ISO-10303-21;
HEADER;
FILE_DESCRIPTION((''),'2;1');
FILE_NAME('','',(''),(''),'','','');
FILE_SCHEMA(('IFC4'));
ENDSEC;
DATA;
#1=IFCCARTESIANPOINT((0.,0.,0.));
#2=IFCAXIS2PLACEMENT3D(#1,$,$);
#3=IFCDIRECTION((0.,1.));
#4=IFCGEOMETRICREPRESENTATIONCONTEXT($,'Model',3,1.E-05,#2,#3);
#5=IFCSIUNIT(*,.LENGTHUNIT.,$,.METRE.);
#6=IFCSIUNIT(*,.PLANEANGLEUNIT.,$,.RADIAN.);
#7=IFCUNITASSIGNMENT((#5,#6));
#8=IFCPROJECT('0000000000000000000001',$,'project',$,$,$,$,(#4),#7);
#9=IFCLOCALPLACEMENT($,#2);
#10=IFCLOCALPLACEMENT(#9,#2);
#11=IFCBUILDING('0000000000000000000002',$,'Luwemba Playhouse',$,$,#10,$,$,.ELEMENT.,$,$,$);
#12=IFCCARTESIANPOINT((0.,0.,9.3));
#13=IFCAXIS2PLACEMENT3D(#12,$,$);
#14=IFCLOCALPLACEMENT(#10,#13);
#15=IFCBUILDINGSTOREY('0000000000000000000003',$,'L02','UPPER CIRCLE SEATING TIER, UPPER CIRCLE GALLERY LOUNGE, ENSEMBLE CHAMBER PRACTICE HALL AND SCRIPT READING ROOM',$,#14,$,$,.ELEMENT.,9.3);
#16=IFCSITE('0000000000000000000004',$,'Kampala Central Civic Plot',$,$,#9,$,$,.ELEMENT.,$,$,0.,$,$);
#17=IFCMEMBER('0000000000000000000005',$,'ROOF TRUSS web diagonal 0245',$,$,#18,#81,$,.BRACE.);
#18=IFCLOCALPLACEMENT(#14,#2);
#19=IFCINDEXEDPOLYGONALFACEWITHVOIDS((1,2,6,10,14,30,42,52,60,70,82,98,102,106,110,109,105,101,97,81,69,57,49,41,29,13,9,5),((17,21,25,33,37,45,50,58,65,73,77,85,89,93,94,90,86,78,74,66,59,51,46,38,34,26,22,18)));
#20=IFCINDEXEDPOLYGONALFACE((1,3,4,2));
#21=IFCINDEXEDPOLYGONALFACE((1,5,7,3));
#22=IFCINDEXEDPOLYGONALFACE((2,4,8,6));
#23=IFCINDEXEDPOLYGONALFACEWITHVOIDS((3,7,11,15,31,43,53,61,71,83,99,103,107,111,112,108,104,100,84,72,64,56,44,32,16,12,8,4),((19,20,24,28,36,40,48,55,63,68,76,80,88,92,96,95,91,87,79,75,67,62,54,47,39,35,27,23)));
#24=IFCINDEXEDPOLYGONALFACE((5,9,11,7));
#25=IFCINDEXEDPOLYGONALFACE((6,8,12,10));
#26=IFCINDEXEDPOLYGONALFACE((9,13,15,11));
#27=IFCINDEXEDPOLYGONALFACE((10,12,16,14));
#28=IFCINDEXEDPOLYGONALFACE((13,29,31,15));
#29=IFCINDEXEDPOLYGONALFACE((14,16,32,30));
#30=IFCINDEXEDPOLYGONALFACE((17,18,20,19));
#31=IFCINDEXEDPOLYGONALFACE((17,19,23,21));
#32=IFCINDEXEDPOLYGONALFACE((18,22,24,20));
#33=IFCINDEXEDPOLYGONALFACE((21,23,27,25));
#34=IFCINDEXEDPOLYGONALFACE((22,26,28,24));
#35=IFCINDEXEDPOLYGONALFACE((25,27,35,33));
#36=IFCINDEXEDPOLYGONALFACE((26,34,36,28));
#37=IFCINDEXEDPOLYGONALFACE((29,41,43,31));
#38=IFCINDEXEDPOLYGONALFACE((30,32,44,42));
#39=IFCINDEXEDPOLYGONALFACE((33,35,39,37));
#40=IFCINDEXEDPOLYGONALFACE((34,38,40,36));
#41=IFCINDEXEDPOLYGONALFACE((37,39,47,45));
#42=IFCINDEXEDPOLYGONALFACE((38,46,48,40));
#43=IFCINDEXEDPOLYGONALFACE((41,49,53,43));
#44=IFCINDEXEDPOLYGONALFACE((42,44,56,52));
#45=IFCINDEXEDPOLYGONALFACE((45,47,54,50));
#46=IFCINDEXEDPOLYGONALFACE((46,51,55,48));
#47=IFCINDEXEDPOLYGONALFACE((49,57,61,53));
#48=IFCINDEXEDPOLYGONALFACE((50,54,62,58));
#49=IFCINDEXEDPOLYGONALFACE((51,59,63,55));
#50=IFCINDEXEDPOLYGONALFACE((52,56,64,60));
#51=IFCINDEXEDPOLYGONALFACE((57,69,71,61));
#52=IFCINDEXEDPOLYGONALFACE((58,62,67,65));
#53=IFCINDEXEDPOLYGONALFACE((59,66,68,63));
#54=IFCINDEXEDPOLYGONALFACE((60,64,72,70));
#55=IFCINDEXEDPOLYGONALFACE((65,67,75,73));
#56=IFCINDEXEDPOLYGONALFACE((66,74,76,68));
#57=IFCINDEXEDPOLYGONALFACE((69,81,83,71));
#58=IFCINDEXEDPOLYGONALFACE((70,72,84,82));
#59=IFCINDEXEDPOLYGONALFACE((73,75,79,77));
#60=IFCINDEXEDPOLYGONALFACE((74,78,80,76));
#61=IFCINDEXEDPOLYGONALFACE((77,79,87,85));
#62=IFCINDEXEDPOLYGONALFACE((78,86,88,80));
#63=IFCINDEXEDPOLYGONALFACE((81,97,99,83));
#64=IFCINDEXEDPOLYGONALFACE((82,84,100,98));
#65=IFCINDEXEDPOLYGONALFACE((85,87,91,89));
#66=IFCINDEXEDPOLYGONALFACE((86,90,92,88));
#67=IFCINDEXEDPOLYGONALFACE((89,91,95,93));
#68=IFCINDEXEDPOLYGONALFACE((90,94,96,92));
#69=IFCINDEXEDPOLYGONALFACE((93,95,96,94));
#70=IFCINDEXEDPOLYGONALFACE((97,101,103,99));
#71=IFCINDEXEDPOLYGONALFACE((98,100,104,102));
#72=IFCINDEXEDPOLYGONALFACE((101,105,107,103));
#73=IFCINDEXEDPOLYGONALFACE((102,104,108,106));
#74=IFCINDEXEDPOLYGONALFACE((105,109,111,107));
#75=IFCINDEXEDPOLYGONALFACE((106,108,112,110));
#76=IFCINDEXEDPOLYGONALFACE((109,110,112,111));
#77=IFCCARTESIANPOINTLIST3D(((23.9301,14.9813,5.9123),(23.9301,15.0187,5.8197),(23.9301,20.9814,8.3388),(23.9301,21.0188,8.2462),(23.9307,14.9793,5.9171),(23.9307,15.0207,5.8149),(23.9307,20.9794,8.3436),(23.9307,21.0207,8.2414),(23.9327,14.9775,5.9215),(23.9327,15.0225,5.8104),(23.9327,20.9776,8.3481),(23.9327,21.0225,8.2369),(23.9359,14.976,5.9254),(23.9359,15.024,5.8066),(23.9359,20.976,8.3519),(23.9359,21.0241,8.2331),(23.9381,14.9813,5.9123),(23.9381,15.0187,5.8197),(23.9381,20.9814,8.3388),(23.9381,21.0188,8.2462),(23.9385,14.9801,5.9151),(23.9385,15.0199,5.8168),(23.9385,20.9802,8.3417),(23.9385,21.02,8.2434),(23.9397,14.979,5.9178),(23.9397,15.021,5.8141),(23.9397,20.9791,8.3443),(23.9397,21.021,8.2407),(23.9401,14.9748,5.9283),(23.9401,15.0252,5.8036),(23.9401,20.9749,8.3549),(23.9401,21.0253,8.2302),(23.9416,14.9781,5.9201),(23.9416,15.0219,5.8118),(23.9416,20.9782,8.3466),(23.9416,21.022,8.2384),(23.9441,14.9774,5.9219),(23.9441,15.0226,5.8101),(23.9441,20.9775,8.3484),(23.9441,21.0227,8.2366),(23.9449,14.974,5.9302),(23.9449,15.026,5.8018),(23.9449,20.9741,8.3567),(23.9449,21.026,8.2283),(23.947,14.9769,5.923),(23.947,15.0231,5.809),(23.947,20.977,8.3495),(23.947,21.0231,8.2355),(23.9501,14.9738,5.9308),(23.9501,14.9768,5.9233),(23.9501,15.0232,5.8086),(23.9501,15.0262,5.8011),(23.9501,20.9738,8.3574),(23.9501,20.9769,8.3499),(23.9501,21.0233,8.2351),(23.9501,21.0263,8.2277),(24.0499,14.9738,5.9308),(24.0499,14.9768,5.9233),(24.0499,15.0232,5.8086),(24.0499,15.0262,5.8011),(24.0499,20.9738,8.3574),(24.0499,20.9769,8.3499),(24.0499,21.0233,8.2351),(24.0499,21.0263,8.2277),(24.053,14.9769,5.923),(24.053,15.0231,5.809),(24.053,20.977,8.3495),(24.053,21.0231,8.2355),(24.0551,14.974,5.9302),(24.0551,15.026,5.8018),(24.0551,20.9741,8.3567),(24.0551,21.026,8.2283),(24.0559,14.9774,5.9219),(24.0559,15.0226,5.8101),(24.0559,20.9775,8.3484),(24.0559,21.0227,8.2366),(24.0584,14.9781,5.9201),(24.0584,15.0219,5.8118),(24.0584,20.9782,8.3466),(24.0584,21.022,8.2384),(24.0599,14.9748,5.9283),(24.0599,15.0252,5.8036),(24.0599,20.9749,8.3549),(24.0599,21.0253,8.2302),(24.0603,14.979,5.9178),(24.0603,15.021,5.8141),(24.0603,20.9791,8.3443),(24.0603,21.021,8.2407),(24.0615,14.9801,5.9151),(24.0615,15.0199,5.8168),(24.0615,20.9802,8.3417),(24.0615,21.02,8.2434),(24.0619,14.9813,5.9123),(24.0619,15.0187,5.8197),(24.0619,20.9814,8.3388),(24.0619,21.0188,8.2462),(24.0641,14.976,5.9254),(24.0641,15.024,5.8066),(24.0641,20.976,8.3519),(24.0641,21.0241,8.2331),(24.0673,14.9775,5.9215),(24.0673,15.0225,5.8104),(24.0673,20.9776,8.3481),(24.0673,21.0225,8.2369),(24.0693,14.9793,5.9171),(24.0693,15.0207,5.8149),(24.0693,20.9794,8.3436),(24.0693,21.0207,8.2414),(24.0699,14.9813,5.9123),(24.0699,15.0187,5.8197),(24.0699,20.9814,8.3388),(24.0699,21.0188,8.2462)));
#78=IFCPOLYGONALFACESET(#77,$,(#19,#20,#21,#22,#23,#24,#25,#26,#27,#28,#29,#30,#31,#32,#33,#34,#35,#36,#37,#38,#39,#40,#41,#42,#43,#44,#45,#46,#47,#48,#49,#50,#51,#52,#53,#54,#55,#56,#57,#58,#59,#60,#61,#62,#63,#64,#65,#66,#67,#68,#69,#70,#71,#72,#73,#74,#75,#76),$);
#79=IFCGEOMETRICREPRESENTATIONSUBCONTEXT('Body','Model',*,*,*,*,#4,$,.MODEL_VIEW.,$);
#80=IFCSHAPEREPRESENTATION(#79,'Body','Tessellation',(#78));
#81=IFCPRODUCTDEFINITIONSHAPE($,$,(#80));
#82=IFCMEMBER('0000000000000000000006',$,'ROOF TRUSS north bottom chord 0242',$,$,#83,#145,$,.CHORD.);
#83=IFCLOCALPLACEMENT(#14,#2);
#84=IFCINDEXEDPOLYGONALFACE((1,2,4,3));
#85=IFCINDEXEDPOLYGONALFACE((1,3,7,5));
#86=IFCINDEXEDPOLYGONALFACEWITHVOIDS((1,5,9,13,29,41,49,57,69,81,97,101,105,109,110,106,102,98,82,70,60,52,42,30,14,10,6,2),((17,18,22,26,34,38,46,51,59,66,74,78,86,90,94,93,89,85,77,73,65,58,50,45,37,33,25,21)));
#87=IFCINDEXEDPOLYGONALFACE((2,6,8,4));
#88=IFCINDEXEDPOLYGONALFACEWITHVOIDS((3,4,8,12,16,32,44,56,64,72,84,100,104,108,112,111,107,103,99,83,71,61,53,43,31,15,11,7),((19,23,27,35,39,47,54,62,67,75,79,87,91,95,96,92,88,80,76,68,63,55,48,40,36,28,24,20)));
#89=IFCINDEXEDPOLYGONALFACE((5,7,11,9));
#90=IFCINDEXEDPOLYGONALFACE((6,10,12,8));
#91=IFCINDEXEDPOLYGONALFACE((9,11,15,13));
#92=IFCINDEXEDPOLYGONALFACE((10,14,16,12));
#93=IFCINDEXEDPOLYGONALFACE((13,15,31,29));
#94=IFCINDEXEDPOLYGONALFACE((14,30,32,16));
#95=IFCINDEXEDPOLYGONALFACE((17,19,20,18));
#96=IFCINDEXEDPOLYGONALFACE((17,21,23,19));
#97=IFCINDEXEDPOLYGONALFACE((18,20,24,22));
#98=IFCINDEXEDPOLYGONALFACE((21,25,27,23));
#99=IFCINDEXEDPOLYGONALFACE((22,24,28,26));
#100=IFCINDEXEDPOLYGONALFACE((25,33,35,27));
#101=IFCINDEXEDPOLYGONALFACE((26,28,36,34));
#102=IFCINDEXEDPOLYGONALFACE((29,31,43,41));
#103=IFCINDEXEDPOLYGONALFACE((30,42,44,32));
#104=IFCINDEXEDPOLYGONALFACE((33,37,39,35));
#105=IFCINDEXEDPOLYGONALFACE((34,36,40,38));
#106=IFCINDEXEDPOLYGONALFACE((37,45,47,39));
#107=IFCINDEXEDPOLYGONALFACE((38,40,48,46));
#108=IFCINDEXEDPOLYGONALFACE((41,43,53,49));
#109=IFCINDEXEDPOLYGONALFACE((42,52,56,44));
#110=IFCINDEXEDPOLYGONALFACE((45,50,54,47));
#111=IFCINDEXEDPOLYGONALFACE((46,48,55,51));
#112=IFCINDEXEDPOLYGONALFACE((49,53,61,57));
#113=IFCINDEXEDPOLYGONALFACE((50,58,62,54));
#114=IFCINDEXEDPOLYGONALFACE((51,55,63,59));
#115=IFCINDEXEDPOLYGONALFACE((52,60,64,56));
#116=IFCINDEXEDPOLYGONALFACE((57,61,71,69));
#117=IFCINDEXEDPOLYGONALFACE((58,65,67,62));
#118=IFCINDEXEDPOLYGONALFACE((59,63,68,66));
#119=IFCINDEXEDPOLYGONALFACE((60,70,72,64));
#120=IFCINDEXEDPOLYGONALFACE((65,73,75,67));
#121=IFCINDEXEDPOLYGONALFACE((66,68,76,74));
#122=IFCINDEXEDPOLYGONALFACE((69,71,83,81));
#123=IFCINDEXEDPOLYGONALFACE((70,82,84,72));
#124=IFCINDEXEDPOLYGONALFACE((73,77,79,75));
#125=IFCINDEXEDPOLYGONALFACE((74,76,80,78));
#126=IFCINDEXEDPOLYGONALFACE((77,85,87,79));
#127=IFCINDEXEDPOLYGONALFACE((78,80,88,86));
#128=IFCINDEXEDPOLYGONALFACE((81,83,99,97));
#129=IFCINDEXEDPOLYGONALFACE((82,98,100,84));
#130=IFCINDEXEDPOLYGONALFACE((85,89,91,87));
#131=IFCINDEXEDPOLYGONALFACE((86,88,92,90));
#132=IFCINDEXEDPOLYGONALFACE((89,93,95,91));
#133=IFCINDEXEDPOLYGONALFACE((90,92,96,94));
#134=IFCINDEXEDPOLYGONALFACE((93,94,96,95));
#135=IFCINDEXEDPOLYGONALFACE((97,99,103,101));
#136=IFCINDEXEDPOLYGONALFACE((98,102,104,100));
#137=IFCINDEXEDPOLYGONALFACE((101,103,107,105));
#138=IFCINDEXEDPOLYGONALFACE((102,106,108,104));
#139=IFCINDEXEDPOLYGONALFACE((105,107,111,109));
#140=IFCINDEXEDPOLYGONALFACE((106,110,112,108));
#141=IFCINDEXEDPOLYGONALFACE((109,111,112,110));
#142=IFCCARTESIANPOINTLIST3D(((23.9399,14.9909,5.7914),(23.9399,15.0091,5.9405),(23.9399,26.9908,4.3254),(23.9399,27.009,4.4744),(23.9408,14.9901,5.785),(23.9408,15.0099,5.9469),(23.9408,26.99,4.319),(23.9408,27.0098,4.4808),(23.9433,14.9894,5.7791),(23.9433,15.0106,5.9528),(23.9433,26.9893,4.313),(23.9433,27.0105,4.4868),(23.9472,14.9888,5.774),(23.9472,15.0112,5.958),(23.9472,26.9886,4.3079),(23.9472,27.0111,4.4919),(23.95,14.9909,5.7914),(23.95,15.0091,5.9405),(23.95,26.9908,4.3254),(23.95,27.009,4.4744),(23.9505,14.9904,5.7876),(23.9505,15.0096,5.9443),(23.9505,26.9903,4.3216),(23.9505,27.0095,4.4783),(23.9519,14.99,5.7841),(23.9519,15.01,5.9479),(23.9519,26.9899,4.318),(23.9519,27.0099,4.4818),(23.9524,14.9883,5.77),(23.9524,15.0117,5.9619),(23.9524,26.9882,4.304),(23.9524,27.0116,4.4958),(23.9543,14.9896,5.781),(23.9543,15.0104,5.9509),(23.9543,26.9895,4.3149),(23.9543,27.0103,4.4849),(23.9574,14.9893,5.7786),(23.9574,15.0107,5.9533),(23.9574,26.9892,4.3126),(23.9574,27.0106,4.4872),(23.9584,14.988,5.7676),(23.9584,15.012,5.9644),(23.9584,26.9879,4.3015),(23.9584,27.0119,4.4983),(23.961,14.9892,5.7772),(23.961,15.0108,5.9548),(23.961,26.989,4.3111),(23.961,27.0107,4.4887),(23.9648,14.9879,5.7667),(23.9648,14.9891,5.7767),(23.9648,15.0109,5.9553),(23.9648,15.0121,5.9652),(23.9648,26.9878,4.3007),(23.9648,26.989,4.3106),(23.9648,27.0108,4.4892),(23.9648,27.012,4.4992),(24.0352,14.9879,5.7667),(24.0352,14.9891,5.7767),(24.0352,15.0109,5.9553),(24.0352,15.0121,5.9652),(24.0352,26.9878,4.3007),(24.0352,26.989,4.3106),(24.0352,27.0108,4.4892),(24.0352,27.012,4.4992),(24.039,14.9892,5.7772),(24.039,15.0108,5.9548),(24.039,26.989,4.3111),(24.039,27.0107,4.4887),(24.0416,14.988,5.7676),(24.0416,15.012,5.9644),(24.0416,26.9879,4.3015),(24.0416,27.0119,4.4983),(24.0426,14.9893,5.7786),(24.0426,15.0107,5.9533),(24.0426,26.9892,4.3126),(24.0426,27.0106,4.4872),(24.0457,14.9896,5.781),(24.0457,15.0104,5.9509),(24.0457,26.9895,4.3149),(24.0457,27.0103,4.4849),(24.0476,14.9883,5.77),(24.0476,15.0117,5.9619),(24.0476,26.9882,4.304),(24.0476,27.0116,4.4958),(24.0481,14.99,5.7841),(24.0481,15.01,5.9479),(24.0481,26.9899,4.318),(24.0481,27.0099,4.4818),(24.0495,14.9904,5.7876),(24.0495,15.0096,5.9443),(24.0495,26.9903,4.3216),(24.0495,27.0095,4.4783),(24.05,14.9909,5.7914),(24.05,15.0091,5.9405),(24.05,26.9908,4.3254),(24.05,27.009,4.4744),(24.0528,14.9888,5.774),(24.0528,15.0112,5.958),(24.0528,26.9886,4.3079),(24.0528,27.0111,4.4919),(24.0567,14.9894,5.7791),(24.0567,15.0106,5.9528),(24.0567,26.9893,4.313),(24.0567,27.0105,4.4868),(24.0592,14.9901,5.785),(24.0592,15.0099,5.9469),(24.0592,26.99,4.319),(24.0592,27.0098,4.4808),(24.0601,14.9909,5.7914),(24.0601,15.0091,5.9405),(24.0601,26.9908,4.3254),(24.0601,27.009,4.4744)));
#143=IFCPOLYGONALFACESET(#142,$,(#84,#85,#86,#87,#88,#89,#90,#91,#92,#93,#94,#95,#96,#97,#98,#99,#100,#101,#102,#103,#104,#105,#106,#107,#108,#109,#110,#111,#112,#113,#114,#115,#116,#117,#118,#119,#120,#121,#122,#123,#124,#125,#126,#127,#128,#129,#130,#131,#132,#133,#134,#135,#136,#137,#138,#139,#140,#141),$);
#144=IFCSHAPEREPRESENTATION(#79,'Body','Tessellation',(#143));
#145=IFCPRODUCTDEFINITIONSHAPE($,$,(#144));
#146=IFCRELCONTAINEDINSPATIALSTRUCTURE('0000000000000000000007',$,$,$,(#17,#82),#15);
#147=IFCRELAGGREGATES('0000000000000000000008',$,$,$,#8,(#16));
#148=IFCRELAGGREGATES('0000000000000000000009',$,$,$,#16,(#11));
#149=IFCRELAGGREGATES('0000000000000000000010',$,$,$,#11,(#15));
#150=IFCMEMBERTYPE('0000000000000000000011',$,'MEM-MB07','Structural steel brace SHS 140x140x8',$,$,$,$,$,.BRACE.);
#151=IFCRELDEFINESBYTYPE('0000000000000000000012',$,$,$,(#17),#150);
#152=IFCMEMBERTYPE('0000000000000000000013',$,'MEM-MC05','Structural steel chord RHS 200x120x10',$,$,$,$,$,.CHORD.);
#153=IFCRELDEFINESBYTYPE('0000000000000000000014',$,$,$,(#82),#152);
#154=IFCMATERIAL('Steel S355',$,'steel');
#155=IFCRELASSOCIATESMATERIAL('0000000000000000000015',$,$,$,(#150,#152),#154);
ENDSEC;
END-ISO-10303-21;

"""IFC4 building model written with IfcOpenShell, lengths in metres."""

from ifc_helpers import new_model, si_unit, direction, frame, origin, origin_2d, place, context, subcontext, project, spatial, hollow_rectangle, extrude, material, material_profile, profile_set, type_object, element, save


model = new_model("IFC4")

# Units and contexts
model_context = context("Model", 3, precision=1e-05, world=origin(), true_north=direction((0.0, 1.0)))
body_context = subcontext(model_context, "Body", "Model", "MODEL_VIEW")
ifc_project = project(units=[si_unit("LENGTHUNIT", "METRE"), si_unit("PLANEANGLEUNIT", "RADIAN")], contexts=[model_context])

# Site, building, storey
site_placement = place(None, origin())
site = spatial("IfcSite", under=ifc_project, at=site_placement, Name="Kampala Central Civic Plot", CompositionType="ELEMENT", RefElevation=0.0)
building_placement = place(site_placement, origin())
building = spatial("IfcBuilding", under=site, at=building_placement, Name="Luwemba Playhouse", CompositionType="ELEMENT")
storey_placement = place(building_placement, frame((0.0, 0.0, 9.3)))
storey = spatial("IfcBuildingStorey", under=building, at=storey_placement, Name="L02", Description="UPPER CIRCLE SEATING TIER, UPPER CIRCLE GALLERY LOUNGE, ENSEMBLE CHAMBER PRACTICE HALL AND SCRIPT READING ROOM", CompositionType="ELEMENT", Elevation=9.3)

# Shared definitions
ifc_material_1 = material(Name="Steel S355", Category="steel")

# Members
ifc_material_profile_1 = material_profile(ifc_material_1, hollow_rectangle(XDim=0.1399, YDim=0.1399, WallThickness=0.0081, InnerFilletRadius=0.012, OuterFilletRadius=0.02, at=origin_2d()))
ifc_profile_set_1 = profile_set([ifc_material_profile_1], Name="Steel S355")
member_type_1 = type_object("IfcMemberType", Name="MEM-MB07", Description="Structural steel brace SHS 140x140x8", PredefinedType="BRACE", material=ifc_profile_set_1)
for number, where, z_axis, x_axis, name in (
    (1, (24.0, 15.0, 5.866), (0.0, 0.927057, 0.37492), (-1.0, 0.0, 0.0), "ROOF TRUSS web diagonal 0245"),
):
    element("IfcMember", number, at=place(storey_placement, frame(where, z_axis=z_axis, x_axis=x_axis)), inside=storey, type_object=member_type_1, Name=name, PredefinedType="BRACE", context=body_context, shape_type="SweptSolid", body=[
        extrude(hollow_rectangle(XDim=0.1399, YDim=0.1399, WallThickness=0.0081, InnerFilletRadius=0.012, OuterFilletRadius=0.02, at=origin_2d()), origin(), (0.0, 0.0, 1.0), 6.4722),
    ])
ifc_material_profile_2 = material_profile(ifc_material_1, hollow_rectangle(XDim=0.1201, YDim=0.2, WallThickness=0.01, InnerFilletRadius=0.0149, OuterFilletRadius=0.0249, at=origin_2d()))
ifc_profile_set_2 = profile_set([ifc_material_profile_2], Name="Steel S355")
member_type_2 = type_object("IfcMemberType", Name="MEM-MC05", Description="Structural steel chord RHS 200x120x10", PredefinedType="CHORD", material=ifc_profile_set_2)
member_1_placement = place(storey_placement, frame((24.0, 15.0, 5.866), z_axis=(0.0, 0.99262, -0.12127), x_axis=(-1.0, 0.0, 0.0)))
element("IfcMember", 2, at=member_1_placement, inside=storey, type_object=member_type_2, Name="ROOF TRUSS north bottom chord 0242", PredefinedType="CHORD", context=body_context, shape_type="SweptSolid", body=[
    extrude(hollow_rectangle(XDim=0.1201, YDim=0.2, WallThickness=0.01, InnerFilletRadius=0.0149, OuterFilletRadius=0.0249, at=origin_2d()), origin(), (0.0, 0.0, 1.0), 12.0891),
])

save(model, "model.ifc")
